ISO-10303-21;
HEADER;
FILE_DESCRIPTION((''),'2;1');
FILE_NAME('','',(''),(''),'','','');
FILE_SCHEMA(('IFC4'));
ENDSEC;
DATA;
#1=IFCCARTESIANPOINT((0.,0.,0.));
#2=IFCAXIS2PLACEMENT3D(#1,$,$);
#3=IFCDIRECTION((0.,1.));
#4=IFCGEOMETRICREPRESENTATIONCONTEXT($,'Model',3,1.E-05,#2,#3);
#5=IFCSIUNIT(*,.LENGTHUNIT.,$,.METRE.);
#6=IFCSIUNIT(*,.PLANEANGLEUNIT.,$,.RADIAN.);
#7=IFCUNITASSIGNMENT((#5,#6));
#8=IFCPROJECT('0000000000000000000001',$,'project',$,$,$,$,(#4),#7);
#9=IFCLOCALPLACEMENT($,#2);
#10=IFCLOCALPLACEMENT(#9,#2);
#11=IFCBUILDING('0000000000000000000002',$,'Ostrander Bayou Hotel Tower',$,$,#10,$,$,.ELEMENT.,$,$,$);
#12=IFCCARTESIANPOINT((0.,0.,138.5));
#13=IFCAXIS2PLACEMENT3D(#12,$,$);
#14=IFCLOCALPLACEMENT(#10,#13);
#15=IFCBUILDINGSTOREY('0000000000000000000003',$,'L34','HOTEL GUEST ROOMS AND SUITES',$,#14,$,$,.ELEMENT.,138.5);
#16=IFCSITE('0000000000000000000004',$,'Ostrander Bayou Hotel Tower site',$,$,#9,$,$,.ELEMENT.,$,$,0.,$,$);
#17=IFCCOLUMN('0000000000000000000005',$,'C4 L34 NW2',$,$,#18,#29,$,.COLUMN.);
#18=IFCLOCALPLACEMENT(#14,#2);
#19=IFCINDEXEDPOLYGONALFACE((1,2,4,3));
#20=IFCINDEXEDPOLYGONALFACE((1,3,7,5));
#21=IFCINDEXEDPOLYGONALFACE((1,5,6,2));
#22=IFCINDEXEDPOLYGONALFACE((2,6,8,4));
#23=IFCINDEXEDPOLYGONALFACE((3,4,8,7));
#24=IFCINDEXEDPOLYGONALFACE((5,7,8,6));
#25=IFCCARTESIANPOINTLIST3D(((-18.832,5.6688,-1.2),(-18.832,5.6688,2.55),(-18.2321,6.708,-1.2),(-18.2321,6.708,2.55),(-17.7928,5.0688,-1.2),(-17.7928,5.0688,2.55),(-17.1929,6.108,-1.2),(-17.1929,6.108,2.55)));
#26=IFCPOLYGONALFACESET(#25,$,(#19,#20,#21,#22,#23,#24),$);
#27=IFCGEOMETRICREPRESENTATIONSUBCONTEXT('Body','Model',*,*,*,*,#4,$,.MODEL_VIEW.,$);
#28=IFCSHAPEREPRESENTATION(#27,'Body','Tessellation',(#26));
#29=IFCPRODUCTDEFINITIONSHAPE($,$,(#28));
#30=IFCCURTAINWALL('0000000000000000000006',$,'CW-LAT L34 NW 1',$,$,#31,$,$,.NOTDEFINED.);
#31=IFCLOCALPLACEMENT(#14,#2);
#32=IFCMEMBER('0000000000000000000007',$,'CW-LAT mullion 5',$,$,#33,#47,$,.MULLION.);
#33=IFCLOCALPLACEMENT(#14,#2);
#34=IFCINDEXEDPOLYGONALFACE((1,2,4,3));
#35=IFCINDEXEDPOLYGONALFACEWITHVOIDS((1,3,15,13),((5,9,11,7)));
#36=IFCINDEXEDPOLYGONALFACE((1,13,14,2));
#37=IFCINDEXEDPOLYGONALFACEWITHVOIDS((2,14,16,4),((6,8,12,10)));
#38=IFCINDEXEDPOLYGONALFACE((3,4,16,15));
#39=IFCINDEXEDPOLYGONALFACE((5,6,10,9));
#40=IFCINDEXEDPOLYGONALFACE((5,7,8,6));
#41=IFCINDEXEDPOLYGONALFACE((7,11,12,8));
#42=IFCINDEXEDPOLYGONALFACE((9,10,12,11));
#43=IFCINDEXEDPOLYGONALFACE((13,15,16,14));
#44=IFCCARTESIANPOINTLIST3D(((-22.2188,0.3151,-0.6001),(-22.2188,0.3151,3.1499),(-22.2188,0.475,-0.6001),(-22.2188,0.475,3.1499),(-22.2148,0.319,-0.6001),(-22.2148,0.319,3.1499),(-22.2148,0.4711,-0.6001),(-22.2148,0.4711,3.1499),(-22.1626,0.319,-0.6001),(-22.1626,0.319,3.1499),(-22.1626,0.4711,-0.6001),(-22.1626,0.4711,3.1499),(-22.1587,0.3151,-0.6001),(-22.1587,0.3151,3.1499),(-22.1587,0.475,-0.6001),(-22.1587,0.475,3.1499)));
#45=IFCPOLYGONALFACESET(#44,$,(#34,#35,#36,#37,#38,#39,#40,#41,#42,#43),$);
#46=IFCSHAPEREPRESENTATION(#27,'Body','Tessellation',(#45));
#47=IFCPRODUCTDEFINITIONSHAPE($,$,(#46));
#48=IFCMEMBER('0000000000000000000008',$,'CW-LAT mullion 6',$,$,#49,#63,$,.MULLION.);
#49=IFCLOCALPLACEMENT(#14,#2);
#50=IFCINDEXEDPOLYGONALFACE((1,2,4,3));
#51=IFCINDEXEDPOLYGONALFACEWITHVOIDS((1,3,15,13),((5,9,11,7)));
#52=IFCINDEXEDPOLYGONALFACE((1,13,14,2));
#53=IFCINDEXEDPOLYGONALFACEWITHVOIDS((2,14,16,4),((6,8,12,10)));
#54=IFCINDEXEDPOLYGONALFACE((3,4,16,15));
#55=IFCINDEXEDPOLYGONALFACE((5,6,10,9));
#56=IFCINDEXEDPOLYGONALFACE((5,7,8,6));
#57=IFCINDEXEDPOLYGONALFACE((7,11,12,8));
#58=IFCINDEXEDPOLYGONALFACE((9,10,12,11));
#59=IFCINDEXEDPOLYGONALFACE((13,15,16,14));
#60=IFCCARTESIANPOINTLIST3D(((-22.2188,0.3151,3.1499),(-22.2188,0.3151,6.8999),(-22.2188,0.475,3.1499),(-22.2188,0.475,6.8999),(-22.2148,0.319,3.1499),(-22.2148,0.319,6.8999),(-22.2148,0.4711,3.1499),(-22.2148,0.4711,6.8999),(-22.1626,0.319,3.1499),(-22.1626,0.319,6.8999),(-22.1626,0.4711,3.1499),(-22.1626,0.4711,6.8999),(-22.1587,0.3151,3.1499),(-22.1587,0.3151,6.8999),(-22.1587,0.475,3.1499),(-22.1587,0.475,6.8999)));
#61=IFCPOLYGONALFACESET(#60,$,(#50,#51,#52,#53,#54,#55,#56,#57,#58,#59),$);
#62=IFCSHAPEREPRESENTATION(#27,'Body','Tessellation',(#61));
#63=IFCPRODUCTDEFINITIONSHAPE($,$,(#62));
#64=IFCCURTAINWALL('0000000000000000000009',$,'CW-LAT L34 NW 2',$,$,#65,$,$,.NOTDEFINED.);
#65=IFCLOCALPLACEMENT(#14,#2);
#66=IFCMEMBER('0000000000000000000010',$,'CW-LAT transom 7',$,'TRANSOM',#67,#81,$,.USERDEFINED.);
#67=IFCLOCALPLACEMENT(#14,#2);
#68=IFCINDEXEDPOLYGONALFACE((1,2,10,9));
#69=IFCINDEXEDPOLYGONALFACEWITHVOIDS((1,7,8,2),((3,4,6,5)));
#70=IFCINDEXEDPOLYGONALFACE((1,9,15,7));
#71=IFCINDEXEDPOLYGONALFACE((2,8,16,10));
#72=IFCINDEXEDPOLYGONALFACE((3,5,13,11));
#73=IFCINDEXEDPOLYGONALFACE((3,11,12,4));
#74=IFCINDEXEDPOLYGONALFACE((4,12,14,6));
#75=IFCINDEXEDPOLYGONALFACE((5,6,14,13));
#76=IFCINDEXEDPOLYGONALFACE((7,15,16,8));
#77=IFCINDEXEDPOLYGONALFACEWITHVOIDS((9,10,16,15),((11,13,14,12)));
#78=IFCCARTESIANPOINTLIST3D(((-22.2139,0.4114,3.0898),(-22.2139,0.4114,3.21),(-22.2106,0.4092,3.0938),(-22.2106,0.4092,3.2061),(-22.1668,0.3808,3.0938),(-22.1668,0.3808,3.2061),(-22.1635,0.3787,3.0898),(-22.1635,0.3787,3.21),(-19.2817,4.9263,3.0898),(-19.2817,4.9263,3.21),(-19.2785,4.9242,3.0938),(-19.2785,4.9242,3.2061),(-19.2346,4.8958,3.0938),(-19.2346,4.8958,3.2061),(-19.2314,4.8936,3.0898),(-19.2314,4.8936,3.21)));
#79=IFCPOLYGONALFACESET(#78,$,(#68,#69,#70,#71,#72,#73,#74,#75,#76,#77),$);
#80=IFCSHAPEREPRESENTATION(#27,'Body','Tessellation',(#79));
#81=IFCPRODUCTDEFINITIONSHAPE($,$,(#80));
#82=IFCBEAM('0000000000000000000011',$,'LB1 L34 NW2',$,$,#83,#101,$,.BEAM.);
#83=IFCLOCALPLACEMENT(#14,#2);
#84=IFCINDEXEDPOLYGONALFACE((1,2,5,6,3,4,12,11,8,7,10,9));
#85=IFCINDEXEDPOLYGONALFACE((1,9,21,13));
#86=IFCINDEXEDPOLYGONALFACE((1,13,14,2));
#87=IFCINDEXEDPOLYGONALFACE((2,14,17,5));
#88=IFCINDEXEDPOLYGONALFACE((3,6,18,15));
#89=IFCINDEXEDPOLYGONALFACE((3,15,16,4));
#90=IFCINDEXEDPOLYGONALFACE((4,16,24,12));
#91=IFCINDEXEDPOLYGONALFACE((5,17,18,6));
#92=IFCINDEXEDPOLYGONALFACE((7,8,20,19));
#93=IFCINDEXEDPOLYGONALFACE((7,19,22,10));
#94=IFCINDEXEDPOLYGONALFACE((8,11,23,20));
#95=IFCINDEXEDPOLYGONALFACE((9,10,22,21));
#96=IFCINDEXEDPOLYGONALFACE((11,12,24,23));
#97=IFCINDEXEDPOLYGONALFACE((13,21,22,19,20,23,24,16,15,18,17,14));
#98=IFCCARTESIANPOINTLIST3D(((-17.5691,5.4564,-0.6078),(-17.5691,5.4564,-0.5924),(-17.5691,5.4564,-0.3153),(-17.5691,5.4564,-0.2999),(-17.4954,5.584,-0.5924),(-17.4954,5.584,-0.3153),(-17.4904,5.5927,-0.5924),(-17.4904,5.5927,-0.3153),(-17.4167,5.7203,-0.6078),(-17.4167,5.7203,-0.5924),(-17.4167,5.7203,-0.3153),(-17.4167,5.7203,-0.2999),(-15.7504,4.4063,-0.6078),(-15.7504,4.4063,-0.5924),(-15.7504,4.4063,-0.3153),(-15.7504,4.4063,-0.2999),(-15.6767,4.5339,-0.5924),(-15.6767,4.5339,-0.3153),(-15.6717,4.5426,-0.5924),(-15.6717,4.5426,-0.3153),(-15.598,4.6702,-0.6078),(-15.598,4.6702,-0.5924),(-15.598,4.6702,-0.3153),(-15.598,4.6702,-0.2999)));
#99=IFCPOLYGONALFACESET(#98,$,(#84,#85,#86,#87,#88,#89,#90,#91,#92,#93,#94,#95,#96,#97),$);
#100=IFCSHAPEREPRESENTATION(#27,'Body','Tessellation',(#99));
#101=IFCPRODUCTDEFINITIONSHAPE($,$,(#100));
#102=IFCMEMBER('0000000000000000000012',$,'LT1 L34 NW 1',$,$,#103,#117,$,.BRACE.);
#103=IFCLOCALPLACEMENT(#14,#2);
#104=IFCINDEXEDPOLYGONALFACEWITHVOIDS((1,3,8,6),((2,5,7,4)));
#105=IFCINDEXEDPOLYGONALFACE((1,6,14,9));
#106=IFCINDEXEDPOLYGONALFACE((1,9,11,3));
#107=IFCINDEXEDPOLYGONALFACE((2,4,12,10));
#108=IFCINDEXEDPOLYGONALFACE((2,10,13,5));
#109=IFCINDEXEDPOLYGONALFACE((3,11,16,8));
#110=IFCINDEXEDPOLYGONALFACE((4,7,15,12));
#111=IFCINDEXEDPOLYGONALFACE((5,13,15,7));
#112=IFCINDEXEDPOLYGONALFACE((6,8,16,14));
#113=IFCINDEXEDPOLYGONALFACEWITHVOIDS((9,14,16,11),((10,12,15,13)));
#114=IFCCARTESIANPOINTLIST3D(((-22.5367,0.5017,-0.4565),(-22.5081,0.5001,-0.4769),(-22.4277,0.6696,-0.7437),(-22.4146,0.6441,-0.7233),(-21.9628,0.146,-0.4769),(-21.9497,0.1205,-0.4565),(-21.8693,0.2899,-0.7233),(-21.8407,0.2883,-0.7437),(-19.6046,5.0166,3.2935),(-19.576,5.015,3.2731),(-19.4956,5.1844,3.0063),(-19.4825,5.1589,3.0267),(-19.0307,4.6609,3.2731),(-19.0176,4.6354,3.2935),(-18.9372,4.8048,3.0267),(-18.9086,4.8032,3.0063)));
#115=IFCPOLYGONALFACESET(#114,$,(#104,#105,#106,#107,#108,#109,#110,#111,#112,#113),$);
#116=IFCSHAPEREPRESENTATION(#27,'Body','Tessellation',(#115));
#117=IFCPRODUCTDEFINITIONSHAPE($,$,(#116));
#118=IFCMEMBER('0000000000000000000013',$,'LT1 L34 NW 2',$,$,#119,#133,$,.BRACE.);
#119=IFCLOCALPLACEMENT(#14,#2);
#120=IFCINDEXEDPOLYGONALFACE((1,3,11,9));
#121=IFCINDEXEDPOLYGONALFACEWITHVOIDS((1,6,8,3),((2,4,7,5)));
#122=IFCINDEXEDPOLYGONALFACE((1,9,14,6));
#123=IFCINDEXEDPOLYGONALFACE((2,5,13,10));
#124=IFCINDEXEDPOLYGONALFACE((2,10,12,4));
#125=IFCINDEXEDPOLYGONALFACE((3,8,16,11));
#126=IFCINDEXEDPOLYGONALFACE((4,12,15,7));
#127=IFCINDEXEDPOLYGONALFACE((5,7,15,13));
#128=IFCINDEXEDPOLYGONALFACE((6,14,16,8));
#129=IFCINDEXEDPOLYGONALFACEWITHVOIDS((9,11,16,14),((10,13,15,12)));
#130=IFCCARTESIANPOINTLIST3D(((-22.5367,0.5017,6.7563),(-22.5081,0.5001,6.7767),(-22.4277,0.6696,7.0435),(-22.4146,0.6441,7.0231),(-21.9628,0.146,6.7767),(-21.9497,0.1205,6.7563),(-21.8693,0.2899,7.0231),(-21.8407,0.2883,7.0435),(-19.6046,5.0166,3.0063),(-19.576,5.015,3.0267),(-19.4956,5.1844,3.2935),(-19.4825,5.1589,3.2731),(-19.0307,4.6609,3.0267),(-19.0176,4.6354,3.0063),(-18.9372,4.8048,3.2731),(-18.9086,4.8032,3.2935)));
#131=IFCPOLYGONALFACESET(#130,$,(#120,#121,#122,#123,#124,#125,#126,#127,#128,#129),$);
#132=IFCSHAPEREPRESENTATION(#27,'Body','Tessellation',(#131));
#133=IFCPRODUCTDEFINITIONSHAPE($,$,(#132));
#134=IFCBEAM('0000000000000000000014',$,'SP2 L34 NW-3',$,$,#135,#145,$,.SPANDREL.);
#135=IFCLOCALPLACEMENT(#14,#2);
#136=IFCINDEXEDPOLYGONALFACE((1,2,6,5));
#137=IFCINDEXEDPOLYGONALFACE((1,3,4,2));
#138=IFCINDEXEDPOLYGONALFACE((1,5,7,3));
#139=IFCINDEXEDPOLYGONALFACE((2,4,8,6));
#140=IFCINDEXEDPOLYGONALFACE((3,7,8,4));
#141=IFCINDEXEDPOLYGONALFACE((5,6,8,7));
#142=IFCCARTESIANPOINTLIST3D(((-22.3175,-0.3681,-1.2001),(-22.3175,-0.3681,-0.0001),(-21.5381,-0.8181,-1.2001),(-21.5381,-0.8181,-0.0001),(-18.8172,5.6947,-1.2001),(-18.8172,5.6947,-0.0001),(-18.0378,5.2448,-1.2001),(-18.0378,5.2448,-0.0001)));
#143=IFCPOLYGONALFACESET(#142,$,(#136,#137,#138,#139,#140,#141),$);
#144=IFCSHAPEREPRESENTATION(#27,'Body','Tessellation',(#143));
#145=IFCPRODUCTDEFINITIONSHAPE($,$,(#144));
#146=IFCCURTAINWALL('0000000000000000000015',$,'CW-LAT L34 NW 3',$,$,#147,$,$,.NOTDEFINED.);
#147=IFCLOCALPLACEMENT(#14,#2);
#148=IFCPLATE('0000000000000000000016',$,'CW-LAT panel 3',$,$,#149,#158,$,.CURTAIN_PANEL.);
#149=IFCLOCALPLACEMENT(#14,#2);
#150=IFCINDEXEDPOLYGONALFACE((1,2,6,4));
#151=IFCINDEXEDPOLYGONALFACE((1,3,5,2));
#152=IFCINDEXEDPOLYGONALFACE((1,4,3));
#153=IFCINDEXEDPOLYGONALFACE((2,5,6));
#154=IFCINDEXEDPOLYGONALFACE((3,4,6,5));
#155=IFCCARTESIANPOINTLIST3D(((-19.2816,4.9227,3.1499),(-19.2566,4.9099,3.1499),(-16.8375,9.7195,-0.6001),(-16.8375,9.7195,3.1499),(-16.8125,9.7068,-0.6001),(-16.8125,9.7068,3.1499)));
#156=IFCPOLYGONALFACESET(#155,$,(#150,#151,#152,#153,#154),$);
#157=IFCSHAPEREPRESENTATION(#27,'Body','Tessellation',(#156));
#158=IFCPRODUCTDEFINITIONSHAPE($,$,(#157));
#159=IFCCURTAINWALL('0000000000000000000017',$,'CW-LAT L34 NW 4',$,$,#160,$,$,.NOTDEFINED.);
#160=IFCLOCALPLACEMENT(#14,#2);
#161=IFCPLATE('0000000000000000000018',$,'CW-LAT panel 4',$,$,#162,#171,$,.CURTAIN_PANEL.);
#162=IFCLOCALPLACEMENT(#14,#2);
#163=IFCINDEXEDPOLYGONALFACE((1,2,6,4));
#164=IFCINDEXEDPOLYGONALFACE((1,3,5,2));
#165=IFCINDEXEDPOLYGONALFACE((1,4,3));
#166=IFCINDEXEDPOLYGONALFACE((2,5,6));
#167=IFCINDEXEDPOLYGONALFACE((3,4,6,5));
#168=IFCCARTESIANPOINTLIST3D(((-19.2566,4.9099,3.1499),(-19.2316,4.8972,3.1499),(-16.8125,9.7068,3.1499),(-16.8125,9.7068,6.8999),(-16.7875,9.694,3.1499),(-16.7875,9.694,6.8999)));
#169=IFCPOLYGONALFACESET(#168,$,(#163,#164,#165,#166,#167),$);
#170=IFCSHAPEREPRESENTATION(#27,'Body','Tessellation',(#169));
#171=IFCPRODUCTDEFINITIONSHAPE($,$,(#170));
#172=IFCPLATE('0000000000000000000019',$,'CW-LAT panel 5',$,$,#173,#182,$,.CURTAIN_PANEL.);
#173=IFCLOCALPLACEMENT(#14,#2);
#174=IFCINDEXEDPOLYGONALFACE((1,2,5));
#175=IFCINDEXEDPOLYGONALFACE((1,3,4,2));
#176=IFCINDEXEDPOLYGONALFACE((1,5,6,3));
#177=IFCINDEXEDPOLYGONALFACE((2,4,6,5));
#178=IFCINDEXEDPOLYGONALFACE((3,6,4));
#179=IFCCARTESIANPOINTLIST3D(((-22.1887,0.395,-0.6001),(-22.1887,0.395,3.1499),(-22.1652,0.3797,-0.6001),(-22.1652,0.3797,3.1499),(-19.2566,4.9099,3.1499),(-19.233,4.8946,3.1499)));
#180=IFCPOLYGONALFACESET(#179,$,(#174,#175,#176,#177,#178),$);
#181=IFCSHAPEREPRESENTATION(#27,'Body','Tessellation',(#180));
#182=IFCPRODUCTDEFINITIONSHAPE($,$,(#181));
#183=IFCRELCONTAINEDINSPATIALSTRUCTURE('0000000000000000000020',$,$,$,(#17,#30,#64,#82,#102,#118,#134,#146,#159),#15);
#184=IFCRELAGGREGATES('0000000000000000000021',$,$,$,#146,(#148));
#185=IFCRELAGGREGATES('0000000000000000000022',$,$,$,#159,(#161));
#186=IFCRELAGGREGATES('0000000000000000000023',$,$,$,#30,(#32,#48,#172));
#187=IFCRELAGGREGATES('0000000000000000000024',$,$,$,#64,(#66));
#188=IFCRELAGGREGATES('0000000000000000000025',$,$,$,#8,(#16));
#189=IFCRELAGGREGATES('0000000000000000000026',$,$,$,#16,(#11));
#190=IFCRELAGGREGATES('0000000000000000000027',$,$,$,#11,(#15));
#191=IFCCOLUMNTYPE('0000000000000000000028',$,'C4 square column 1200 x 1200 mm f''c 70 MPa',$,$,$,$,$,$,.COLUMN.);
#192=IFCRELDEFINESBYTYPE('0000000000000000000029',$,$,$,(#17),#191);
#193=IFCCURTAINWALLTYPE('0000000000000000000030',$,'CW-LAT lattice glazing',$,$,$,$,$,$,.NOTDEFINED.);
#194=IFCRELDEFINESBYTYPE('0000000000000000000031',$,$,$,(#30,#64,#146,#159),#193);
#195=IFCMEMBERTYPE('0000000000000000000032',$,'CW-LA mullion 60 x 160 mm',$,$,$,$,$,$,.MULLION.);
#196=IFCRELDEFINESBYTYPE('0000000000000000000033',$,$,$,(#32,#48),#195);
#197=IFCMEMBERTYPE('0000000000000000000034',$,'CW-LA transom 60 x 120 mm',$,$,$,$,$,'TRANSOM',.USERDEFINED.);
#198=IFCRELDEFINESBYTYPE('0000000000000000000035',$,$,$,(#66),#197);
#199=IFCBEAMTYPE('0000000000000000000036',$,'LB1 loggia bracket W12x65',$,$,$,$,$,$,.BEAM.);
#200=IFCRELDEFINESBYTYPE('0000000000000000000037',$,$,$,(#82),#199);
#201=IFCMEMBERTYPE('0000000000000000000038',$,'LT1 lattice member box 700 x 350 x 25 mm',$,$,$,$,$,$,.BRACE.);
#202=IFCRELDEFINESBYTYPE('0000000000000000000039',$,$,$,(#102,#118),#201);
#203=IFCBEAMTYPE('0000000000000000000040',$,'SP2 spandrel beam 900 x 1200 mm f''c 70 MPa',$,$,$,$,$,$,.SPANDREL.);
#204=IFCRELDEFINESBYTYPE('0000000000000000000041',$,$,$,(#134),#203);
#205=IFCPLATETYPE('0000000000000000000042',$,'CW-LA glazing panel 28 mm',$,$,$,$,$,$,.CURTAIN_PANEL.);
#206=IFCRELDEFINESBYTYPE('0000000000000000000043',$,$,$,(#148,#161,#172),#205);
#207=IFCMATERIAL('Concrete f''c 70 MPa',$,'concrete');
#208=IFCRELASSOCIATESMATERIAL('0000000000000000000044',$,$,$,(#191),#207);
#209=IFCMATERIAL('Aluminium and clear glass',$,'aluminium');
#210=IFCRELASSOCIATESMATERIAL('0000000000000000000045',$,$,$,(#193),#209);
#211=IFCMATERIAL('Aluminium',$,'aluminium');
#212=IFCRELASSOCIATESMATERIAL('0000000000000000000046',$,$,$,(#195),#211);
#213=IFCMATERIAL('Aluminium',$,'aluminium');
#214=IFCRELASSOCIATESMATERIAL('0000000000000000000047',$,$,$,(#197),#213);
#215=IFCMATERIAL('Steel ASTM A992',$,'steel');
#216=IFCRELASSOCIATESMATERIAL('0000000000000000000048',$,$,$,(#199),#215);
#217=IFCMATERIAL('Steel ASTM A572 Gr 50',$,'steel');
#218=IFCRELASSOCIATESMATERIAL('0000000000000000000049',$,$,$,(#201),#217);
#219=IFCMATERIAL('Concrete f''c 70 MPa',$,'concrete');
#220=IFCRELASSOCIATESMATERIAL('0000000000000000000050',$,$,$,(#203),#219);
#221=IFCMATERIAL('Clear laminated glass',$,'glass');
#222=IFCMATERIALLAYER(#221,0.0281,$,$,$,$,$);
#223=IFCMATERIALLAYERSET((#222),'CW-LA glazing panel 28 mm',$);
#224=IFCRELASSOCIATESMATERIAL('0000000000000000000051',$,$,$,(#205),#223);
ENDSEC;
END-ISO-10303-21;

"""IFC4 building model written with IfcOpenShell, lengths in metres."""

from ifc_helpers import new_model, si_unit, direction, frame, origin, origin_2d, place, context, subcontext, project, spatial, polyline, rectangle, hollow_rectangle, i_section, outline, extrude, material, layer, layer_set, material_profile, profile_set, type_object, element, aggregate, save


model = new_model("IFC4")

# Units and contexts
model_context = context("Model", 3, precision=1e-05, world=origin(), true_north=direction((0.0, 1.0)))
body_context = subcontext(model_context, "Body", "Model", "MODEL_VIEW")
ifc_project = project(units=[si_unit("LENGTHUNIT", "METRE"), si_unit("PLANEANGLEUNIT", "RADIAN")], contexts=[model_context])

# Site, building, storey
site_placement = place(None, origin())
site = spatial("IfcSite", under=ifc_project, at=site_placement, Name="Ostrander Bayou Hotel Tower site", CompositionType="ELEMENT", RefElevation=0.0)
building_placement = place(site_placement, origin())
building = spatial("IfcBuilding", under=site, at=building_placement, Name="Ostrander Bayou Hotel Tower", CompositionType="ELEMENT")
storey_placement = place(building_placement, frame((0.0, 0.0, 138.5)))
storey = spatial("IfcBuildingStorey", under=building, at=storey_placement, Name="L34", Description="HOTEL GUEST ROOMS AND SUITES", CompositionType="ELEMENT", Elevation=138.5)

# Column
ifc_material_1 = material(Name="Concrete f'c 70 MPa", Category="concrete")
ifc_material_profile_1 = material_profile(ifc_material_1, rectangle(XDim=1.2, YDim=1.2, at=origin_2d()))
ifc_profile_set_1 = profile_set([ifc_material_profile_1], Name="Concrete f'c 70 MPa")
column_type = type_object("IfcColumnType", Name="C4 square column 1200 x 1200 mm f'c 70 MPa", PredefinedType="COLUMN", material=ifc_profile_set_1)
column_placement = place(storey_placement, frame((-18.0125, 5.8884, -1.2), z_axis=(0.0, 0.0, 1.0), x_axis=(0.5, 0.866025, 0.0)))
element("IfcColumn", 1, at=column_placement, inside=storey, type_object=column_type, Name="C4 L34 NW2", PredefinedType="COLUMN", context=body_context, shape_type="SweptSolid", body=[
    extrude(rectangle(XDim=1.2, YDim=1.2, at=origin_2d()), origin(), (0.0, 0.0, 1.0), 3.75),
])

# Curtain wall, members
ifc_material_2 = material(Name="Aluminium and clear glass", Category="aluminium")
curtain_wall_type = type_object("IfcCurtainWallType", Name="CW-LAT lattice glazing", PredefinedType="NOTDEFINED", material=ifc_material_2)
curtain_wall_1_placement = place(storey_placement, origin())
curtain_wall_1 = element("IfcCurtainWall", 2, at=curtain_wall_1_placement, inside=storey, type_object=curtain_wall_type, Name="CW-LAT L34 NW 1", PredefinedType="NOTDEFINED")
ifc_material_3 = material(Name="Aluminium", Category="aluminium")
ifc_material_profile_2 = material_profile(ifc_material_3, hollow_rectangle(XDim=0.0601, YDim=0.1599, WallThickness=0.0039, at=origin_2d()))
ifc_profile_set_2 = profile_set([ifc_material_profile_2], Name="Aluminium")
member_type_1 = type_object("IfcMemberType", Name="CW-LA mullion 60 x 160 mm", PredefinedType="MULLION", material=ifc_profile_set_2)
member_1_placement = place(storey_placement, frame((-22.1887, 0.395, -0.6001), z_axis=(0.0, 0.0, 1.0), x_axis=(1.0, 0.0, 0.0)))
member_1 = element("IfcMember", 3, at=member_1_placement, type_object=member_type_1, Name="CW-LAT mullion 5", PredefinedType="MULLION", context=body_context, shape_type="SweptSolid", body=[
    extrude(hollow_rectangle(XDim=0.0601, YDim=0.1599, WallThickness=0.0039, at=origin_2d()), origin(), (0.0, 0.0, 1.0), 3.75),
])
member_2_placement = place(storey_placement, frame((-22.1887, 0.395, 3.1499), z_axis=(0.0, 0.0, 1.0), x_axis=(1.0, 0.0, 0.0)))
member_2 = element("IfcMember", 4, at=member_2_placement, type_object=member_type_1, Name="CW-LAT mullion 6", PredefinedType="MULLION", context=body_context, shape_type="SweptSolid", body=[
    extrude(hollow_rectangle(XDim=0.0601, YDim=0.1599, WallThickness=0.0039, at=origin_2d()), origin(), (0.0, 0.0, 1.0), 3.75),
])

# Curtain wall, member
curtain_wall_2_placement = place(storey_placement, origin())
curtain_wall_2 = element("IfcCurtainWall", 5, at=curtain_wall_2_placement, inside=storey, type_object=curtain_wall_type, Name="CW-LAT L34 NW 2", PredefinedType="NOTDEFINED")
ifc_material_4 = material(Name="Aluminium", Category="aluminium")
ifc_material_profile_3 = material_profile(ifc_material_4, hollow_rectangle(XDim=0.0601, YDim=0.1201, WallThickness=0.0039, at=origin_2d()))
ifc_profile_set_3 = profile_set([ifc_material_profile_3], Name="Aluminium")
member_type_2 = type_object("IfcMemberType", Name="CW-LA transom 60 x 120 mm", ElementType="TRANSOM", PredefinedType="USERDEFINED", material=ifc_profile_set_3)
member_3_placement = place(storey_placement, frame((-22.1887, 0.395, 3.1499), z_axis=(0.544655, 0.83866, 0.0), x_axis=(-0.83866, 0.544655, 0.0)))
member_3 = element("IfcMember", 6, at=member_3_placement, type_object=member_type_2, Name="CW-LAT transom 7", ObjectType="TRANSOM", PredefinedType="USERDEFINED", context=body_context, shape_type="SweptSolid", body=[
    extrude(hollow_rectangle(XDim=0.0601, YDim=0.1201, WallThickness=0.0039, at=origin_2d()), origin(), (0.0, 0.0, 1.0), 5.3835),
])

# Beam
ifc_material_5 = material(Name="Steel ASTM A992", Category="steel")
ifc_material_profile_4 = material_profile(ifc_material_5, i_section(OverallWidth=0.3047, OverallDepth=0.3079, WebThickness=0.01, FlangeThickness=0.0154, at=origin_2d()))
ifc_profile_set_4 = profile_set([ifc_material_profile_4], Name="Steel ASTM A992")
beam_type_1 = type_object("IfcBeamType", Name="LB1 loggia bracket W12x65", PredefinedType="BEAM", material=ifc_profile_set_4)
beam_1_placement = place(storey_placement, frame((-17.4929, 5.5884, -0.4539), z_axis=(0.866009, -0.500028, 0.0), x_axis=(0.500028, 0.866009, 0.0)))
element("IfcBeam", 7, at=beam_1_placement, inside=storey, type_object=beam_type_1, Name="LB1 L34 NW2", PredefinedType="BEAM", context=body_context, shape_type="SweptSolid", body=[
    extrude(i_section(OverallWidth=0.3047, OverallDepth=0.3079, WebThickness=0.01, FlangeThickness=0.0154, at=origin_2d()), origin(), (0.0, 0.0, 1.0), 2.1001),
])

# Members
ifc_material_6 = material(Name="Steel ASTM A572 Gr 50", Category="steel")
ifc_material_profile_5 = material_profile(ifc_material_6, hollow_rectangle(XDim=0.7, YDim=0.3501, WallThickness=0.0249, at=origin_2d()))
ifc_profile_set_5 = profile_set([ifc_material_profile_5], Name="Steel ASTM A572 Gr 50")
member_type_3 = type_object("IfcMemberType", Name="LT1 lattice member box 700 x 350 x 25 mm", PredefinedType="BRACE", material=ifc_profile_set_5)
for number, where, z_axis, x_axis, name in (
    (8, (-19.2566, 4.9099, 3.1499), (-0.446916, -0.688162, -0.571576), (0.83866, -0.544655, 0.0), "LT1 L34 NW 1"),
    (9, (-19.2566, 4.9099, 3.1499), (-0.446916, -0.688162, 0.571576), (0.83866, -0.544655, 0.0), "LT1 L34 NW 2"),
):
    element("IfcMember", number, at=place(storey_placement, frame(where, z_axis=z_axis, x_axis=x_axis)), inside=storey, type_object=member_type_3, Name=name, PredefinedType="BRACE", context=body_context, shape_type="SweptSolid", body=[
        extrude(hollow_rectangle(XDim=0.7, YDim=0.3501, WallThickness=0.0249, at=origin_2d()), origin(), (0.0, 0.0, 1.0), 6.5608),
    ])

# Beam
ifc_material_7 = material(Name="Concrete f'c 70 MPa", Category="concrete")
ifc_material_profile_6 = material_profile(ifc_material_7, rectangle(XDim=0.8999, YDim=1.2, at=origin_2d()))
ifc_profile_set_6 = profile_set([ifc_material_profile_6], Name="Concrete f'c 70 MPa")
beam_type_2 = type_object("IfcBeamType", Name="SP2 spandrel beam 900 x 1200 mm f'c 70 MPa", PredefinedType="SPANDREL", material=ifc_profile_set_6)
beam_2_placement = place(storey_placement, frame((-18.4275, 5.4697, -0.6001), z_axis=(-0.499991, -0.866031, 0.0), x_axis=(0.866031, -0.499991, 0.0)))
element("IfcBeam", 10, at=beam_2_placement, inside=storey, type_object=beam_type_2, Name="SP2 L34 NW-3", PredefinedType="SPANDREL", context=body_context, shape_type="SweptSolid", body=[
    extrude(rectangle(XDim=0.8999, YDim=1.2, at=origin_2d()), origin(), (0.0, 0.0, 1.0), 7.0007),
])

# Curtain walls, plates
curtain_wall_3_placement = place(storey_placement, origin())
curtain_wall_3 = element("IfcCurtainWall", 11, at=curtain_wall_3_placement, inside=storey, type_object=curtain_wall_type, Name="CW-LAT L34 NW 3", PredefinedType="NOTDEFINED")
ifc_material_8 = material(Name="Clear laminated glass", Category="glass")
ifc_layer_1 = layer(ifc_material_8, 0.0281)
ifc_layer_set_1 = layer_set([ifc_layer_1], Name="CW-LA glazing panel 28 mm")
plate_type = type_object("IfcPlateType", Name="CW-LA glazing panel 28 mm", PredefinedType="CURTAIN_PANEL", material=ifc_layer_set_1)
plate_1_placement = place(storey_placement, frame((-19.2566, 4.9099, 3.1499), z_axis=(0.891009, -0.453985, 0.0), x_axis=(0.372521, 0.731125, -0.571563)))
plate_1 = element("IfcPlate", 12, at=plate_1_placement, type_object=plate_type, Name="CW-LAT panel 3", PredefinedType="CURTAIN_PANEL", context=body_context, shape_type="SweptSolid", body=[
    extrude(outline(polyline([(0.0, 0.0), (6.561, 0.0), (4.4176, 3.0771), (0.0, 0.0)])), origin(), (0.0, 0.0, -1.0), 0.0281),
])
aggregate(curtain_wall_3, [plate_1])
curtain_wall_4_placement = place(storey_placement, origin())
curtain_wall_4 = element("IfcCurtainWall", 13, at=curtain_wall_4_placement, inside=storey, type_object=curtain_wall_type, Name="CW-LAT L34 NW 4", PredefinedType="NOTDEFINED")
plate_2_placement = place(storey_placement, frame((-19.2566, 4.9099, 3.1499), z_axis=(-0.891009, 0.453985, 0.0), x_axis=(0.372521, 0.731125, 0.571563)))
plate_2 = element("IfcPlate", 14, at=plate_2_placement, type_object=plate_type, Name="CW-LAT panel 4", PredefinedType="CURTAIN_PANEL", context=body_context, shape_type="SweptSolid", body=[
    extrude(outline(polyline([(0.0, 0.0), (6.561, 0.0), (4.4176, 3.0771), (0.0, 0.0)])), origin(), (0.0, 0.0, -1.0), 0.0281),
])
aggregate(curtain_wall_4, [plate_2])

# Plate
plate_3_placement = place(storey_placement, frame((-19.2566, 4.9099, 3.1499), z_axis=(-0.83866, 0.544655, 0.0), x_axis=(-0.446916, -0.688162, -0.571576)))
plate_3 = element("IfcPlate", 15, at=plate_3_placement, type_object=plate_type, Name="CW-LAT panel 5", PredefinedType="CURTAIN_PANEL", context=body_context, shape_type="SweptSolid", body=[
    extrude(outline(polyline([(0.0, 0.0), (6.5608, 0.0), (4.4174, 3.0771), (0.0, 0.0)])), origin(), (0.0, 0.0, -1.0), 0.0281),
])
aggregate(curtain_wall_1, [member_1, member_2, plate_3])
aggregate(curtain_wall_2, [member_3])

save(model, "model.ifc")
